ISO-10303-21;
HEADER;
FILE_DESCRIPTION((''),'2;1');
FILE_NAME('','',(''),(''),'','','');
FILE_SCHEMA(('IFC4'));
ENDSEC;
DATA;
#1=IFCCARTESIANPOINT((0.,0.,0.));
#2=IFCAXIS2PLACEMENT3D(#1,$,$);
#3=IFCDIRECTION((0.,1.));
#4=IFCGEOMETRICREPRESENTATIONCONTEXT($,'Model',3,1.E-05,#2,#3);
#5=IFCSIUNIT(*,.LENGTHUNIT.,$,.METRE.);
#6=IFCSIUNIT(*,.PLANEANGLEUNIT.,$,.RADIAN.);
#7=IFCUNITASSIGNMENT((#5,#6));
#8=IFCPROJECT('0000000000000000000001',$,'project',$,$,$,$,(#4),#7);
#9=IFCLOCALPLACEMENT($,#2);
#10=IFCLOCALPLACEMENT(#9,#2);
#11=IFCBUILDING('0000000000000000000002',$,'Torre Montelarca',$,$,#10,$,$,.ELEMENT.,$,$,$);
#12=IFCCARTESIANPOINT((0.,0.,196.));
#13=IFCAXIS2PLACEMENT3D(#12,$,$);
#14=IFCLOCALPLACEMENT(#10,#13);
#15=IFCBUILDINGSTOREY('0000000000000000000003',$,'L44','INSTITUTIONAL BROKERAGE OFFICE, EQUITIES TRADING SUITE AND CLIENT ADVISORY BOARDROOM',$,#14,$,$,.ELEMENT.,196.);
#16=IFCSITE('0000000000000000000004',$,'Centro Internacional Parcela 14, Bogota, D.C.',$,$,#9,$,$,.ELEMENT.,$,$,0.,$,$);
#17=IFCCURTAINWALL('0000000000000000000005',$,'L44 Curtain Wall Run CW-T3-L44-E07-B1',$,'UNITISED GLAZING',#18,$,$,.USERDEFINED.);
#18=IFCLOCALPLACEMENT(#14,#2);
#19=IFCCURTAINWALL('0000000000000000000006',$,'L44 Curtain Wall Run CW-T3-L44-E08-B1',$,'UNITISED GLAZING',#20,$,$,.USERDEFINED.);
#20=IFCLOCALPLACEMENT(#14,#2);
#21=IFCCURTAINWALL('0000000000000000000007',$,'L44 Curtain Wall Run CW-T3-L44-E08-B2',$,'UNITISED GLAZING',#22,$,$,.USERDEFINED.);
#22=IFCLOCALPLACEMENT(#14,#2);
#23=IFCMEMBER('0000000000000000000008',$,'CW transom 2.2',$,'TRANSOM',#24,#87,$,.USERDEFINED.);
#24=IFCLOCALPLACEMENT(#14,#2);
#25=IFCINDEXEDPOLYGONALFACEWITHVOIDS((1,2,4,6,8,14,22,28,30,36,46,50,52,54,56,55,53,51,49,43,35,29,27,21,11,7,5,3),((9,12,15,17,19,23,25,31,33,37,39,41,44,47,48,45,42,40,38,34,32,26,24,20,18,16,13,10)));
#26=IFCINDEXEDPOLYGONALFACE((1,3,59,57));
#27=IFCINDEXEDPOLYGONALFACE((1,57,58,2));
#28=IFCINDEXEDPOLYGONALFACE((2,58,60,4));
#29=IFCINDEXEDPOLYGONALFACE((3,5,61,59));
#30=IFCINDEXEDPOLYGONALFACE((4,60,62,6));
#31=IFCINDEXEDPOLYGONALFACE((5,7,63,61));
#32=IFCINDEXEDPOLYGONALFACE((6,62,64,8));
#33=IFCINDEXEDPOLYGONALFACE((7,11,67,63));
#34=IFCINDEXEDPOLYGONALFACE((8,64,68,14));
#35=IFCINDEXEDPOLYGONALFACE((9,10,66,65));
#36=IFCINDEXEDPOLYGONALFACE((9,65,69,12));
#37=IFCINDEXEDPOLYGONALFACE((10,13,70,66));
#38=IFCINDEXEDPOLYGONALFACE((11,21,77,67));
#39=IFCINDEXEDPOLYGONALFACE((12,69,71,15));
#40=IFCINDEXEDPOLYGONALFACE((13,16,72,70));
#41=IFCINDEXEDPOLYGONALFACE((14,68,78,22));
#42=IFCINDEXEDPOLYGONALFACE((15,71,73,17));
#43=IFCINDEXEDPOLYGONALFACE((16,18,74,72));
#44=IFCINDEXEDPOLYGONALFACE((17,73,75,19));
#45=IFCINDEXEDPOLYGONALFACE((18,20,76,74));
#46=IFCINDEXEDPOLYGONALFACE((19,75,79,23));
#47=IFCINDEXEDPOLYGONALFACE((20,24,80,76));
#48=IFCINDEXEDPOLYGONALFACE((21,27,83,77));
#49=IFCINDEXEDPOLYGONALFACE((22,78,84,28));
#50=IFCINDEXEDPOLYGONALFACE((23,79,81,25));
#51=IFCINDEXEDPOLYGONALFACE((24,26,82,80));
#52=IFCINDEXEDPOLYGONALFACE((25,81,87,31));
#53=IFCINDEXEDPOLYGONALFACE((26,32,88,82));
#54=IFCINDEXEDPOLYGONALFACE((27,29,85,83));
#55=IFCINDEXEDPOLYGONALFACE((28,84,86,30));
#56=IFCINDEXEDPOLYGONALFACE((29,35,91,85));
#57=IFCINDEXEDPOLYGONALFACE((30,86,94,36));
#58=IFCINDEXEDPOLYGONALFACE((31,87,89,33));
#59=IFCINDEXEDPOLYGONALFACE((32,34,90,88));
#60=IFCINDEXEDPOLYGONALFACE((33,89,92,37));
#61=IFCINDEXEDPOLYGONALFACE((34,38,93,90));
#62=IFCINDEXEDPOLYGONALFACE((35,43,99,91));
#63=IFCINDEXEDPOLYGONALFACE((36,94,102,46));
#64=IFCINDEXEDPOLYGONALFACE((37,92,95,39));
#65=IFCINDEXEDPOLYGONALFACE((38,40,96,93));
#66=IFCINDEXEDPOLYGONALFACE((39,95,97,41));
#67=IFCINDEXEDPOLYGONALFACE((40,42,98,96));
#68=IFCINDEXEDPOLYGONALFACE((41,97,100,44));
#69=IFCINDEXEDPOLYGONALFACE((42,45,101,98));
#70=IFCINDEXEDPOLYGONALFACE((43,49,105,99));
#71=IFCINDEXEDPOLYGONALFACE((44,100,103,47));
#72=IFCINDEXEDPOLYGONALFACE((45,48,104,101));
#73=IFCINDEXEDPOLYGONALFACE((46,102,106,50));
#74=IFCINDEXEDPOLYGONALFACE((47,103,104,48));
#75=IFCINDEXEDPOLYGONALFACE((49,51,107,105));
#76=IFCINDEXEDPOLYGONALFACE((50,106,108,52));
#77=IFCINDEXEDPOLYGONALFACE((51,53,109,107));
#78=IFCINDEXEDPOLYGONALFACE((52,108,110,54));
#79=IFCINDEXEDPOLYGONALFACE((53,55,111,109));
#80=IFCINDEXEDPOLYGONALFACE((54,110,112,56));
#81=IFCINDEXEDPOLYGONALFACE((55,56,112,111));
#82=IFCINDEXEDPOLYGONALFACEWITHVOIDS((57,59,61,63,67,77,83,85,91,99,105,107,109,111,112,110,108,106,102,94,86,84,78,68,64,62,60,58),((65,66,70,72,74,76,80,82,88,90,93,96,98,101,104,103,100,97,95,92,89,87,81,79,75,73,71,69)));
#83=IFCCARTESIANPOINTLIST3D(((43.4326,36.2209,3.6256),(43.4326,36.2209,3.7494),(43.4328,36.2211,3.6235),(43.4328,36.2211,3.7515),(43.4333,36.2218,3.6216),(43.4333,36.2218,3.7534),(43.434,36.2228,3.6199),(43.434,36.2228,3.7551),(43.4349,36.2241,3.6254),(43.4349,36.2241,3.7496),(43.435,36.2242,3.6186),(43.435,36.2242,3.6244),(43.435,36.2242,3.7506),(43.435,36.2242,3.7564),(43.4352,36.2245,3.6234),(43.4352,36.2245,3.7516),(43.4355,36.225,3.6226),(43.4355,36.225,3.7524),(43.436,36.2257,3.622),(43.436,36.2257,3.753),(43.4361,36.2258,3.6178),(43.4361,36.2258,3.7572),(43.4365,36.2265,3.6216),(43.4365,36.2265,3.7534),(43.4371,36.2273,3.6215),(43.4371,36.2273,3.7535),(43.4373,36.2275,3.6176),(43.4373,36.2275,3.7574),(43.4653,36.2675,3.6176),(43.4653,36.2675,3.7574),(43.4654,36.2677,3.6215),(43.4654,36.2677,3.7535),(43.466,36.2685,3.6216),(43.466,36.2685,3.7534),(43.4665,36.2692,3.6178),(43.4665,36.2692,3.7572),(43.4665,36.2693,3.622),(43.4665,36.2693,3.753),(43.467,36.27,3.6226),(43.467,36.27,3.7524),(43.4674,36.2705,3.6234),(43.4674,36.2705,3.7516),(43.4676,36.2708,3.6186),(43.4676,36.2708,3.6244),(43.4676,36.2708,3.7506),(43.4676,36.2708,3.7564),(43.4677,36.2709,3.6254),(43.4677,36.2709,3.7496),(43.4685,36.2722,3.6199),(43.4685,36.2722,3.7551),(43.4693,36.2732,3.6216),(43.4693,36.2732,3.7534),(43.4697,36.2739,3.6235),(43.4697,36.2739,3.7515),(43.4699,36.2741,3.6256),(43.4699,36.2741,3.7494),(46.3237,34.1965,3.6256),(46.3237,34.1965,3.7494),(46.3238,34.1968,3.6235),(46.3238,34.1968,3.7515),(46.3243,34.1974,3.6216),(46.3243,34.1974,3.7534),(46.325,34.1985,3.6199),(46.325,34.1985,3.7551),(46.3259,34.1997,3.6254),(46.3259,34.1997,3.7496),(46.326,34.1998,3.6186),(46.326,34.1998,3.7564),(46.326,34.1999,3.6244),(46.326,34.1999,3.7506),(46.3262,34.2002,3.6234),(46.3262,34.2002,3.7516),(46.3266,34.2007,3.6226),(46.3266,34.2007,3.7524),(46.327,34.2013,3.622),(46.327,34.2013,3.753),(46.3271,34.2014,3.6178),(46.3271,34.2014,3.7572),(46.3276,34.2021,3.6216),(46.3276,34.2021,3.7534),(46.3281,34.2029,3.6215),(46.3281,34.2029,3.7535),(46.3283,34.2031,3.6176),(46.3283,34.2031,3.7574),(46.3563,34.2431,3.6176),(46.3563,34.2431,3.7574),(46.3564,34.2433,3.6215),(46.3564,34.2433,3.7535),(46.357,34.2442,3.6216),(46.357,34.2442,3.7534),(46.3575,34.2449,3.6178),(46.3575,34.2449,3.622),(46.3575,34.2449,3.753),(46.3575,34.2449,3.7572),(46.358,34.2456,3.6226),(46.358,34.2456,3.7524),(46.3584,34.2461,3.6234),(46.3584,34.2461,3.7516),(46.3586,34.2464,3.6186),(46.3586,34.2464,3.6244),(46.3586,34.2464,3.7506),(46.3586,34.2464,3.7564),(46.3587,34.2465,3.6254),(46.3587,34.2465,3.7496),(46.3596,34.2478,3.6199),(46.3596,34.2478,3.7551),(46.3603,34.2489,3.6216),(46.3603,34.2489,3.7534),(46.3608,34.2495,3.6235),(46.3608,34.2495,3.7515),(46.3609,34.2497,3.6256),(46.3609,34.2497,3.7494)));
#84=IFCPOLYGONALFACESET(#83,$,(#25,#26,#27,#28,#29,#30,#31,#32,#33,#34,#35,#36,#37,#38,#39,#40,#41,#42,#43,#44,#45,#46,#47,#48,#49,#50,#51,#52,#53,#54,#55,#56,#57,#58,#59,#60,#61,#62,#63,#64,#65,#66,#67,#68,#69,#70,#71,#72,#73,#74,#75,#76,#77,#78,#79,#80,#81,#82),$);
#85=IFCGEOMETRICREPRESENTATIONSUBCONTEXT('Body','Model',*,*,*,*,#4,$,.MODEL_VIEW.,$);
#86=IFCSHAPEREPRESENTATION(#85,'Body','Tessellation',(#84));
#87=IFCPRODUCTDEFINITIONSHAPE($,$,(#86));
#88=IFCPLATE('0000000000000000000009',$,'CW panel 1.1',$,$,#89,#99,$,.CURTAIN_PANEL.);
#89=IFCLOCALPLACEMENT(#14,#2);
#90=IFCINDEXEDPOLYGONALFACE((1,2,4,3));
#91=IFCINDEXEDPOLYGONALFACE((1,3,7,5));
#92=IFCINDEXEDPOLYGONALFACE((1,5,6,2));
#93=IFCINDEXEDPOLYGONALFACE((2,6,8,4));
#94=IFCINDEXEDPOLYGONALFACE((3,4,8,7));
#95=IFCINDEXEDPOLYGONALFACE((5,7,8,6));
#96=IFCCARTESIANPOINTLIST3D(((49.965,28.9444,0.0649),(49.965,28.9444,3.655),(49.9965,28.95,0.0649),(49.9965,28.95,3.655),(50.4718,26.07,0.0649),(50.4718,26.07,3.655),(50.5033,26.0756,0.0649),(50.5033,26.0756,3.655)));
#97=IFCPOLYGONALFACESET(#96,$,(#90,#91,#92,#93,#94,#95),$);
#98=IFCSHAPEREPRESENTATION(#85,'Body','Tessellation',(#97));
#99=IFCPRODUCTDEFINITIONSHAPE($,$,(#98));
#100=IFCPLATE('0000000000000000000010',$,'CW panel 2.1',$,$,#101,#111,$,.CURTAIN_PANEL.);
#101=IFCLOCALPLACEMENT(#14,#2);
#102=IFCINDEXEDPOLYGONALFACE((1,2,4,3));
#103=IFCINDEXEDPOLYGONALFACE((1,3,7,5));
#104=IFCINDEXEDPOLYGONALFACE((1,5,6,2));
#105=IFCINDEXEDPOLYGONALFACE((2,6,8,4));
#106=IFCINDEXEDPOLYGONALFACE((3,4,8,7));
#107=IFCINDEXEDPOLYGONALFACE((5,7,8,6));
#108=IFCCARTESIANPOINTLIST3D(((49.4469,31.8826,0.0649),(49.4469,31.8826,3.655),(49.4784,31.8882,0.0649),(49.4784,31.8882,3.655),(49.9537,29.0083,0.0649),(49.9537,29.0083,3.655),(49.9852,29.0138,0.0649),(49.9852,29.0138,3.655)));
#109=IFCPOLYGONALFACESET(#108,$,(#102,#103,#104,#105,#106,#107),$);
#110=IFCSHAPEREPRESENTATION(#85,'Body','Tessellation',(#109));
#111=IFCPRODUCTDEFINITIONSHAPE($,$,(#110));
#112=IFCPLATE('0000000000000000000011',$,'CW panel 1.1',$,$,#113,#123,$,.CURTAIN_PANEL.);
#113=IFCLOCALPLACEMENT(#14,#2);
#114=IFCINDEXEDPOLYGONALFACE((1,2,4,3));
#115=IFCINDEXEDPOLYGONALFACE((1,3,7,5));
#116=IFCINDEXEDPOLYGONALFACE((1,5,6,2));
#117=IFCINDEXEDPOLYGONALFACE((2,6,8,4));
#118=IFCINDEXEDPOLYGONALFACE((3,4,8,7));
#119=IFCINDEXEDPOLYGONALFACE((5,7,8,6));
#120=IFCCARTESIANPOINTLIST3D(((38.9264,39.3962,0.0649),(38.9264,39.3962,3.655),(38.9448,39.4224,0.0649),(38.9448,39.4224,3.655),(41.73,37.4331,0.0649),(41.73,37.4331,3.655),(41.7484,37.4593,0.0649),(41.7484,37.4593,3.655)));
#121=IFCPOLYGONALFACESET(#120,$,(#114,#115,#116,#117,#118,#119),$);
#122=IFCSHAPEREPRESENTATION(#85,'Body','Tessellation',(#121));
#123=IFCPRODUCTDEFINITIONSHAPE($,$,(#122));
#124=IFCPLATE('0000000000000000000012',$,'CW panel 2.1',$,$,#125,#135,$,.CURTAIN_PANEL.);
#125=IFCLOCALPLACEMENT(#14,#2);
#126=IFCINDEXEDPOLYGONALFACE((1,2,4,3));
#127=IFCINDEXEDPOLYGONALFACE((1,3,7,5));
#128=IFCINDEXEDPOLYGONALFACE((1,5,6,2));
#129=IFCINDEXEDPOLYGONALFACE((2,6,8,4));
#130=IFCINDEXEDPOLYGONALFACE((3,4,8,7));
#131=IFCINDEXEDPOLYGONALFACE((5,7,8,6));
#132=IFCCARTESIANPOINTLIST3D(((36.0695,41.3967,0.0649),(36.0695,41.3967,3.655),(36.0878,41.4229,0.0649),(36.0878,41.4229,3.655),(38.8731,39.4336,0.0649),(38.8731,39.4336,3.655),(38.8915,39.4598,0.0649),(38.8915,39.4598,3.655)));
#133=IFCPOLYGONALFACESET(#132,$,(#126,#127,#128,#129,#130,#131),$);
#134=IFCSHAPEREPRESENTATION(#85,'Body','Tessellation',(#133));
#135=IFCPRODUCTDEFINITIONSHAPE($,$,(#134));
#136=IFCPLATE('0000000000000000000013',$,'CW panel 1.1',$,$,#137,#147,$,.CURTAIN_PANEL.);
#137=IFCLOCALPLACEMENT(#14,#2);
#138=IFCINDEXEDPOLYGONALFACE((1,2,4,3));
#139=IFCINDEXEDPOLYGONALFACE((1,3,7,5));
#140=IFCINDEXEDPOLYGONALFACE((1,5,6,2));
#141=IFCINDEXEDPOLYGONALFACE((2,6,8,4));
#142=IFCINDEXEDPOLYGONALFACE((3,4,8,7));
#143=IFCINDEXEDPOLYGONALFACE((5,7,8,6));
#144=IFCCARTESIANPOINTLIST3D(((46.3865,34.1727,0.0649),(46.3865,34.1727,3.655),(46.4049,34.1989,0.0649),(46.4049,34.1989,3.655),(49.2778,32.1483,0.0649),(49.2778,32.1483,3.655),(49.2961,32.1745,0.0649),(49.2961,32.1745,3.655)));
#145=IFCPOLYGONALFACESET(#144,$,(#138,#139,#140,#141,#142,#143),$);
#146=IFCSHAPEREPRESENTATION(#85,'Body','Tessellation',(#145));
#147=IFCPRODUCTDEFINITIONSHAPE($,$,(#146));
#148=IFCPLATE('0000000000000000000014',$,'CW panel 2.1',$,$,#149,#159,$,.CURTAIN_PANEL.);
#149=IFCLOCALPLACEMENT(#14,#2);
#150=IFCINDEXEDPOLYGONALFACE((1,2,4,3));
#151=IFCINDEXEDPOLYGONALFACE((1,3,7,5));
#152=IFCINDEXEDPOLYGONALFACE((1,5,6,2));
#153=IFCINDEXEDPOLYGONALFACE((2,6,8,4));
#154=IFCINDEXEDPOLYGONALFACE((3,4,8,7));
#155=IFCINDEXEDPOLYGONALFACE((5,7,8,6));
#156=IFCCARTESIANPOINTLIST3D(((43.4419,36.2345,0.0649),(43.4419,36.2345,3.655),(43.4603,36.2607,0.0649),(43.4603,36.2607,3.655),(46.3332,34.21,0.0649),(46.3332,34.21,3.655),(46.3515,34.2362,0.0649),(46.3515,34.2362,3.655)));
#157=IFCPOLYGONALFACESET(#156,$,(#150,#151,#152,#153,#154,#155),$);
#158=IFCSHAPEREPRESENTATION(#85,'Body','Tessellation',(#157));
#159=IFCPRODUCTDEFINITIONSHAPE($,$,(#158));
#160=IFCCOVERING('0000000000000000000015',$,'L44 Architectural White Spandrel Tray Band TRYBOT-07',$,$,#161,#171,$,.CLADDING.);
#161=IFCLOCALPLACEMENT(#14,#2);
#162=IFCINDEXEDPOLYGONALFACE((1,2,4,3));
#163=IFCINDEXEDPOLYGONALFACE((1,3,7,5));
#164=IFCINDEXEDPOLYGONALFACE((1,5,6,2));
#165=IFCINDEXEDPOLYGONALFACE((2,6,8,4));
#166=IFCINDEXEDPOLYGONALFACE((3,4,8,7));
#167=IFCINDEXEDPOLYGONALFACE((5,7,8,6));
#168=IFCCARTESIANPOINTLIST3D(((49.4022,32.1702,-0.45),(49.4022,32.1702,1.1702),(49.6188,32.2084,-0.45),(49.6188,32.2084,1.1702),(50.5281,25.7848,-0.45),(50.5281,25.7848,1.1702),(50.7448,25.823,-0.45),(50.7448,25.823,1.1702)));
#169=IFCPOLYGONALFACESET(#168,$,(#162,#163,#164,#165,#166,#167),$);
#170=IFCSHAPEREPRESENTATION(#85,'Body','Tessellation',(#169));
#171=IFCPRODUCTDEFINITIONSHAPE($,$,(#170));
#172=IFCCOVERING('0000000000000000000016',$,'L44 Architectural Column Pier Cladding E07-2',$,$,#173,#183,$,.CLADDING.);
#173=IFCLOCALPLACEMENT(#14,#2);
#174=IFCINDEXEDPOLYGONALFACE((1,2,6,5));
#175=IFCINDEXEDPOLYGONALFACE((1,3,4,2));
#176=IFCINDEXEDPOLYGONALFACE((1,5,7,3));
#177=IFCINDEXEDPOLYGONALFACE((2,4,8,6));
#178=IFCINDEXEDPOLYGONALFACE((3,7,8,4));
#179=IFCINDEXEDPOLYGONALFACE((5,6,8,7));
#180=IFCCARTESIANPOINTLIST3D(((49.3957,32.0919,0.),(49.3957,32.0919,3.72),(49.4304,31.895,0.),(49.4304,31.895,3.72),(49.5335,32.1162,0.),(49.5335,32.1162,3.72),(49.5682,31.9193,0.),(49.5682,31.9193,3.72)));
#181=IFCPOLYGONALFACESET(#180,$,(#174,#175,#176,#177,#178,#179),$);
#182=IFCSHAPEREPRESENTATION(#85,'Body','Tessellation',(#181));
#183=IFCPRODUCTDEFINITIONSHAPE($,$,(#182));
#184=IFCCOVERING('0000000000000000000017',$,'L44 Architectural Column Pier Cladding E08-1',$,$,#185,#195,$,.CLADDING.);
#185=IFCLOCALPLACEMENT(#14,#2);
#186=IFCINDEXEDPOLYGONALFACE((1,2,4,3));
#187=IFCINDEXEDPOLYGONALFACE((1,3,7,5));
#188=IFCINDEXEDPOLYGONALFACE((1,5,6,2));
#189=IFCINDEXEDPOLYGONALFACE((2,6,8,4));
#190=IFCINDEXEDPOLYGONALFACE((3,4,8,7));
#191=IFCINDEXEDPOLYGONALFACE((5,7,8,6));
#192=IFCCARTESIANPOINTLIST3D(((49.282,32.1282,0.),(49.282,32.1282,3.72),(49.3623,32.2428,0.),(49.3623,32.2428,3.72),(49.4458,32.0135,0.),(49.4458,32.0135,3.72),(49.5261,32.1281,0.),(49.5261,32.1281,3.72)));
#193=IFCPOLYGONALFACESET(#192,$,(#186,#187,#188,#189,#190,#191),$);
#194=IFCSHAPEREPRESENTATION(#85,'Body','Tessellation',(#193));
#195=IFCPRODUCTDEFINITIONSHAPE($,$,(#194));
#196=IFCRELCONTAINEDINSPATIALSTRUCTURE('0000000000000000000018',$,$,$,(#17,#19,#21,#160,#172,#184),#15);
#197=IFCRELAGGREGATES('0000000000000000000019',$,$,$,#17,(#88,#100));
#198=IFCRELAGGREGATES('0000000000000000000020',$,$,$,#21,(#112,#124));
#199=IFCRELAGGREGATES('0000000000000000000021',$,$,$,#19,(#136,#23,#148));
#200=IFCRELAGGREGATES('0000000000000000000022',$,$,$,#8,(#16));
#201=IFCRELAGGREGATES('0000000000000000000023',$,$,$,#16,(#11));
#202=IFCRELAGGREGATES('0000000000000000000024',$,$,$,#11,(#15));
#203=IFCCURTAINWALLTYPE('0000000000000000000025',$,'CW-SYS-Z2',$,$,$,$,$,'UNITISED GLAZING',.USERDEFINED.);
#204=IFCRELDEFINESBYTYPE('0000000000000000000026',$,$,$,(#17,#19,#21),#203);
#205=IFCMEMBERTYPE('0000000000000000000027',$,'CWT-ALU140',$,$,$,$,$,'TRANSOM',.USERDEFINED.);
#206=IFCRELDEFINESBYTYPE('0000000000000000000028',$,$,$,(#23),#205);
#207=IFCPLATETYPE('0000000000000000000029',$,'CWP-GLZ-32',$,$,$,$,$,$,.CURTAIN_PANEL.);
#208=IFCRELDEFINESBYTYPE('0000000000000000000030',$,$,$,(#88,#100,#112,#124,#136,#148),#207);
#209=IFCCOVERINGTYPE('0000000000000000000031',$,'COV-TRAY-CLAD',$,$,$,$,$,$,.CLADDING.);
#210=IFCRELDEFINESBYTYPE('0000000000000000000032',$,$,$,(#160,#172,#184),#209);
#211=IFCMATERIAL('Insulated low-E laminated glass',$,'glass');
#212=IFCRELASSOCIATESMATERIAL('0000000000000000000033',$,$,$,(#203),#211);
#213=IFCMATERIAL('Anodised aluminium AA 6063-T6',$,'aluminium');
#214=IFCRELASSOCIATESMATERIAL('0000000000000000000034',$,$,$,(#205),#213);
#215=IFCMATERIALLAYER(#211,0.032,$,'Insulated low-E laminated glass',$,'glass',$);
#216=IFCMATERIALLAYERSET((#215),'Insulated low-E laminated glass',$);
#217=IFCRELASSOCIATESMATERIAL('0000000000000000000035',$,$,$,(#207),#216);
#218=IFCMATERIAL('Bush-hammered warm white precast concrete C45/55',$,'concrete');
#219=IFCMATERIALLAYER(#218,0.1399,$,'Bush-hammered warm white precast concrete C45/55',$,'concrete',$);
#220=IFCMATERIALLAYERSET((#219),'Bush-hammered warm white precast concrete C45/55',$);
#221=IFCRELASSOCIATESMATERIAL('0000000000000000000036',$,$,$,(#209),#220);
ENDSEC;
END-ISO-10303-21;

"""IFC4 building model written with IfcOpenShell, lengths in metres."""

from ifc_helpers import new_model, si_unit, direction, frame, origin, origin_2d, place, context, subcontext, project, spatial, rectangle, hollow_rectangle, extrude, source, transform, mapped, material, layer, layer_set, material_profile, profile_set, type_object, element, aggregate, save


model = new_model("IFC4")

# Units and contexts
model_context = context("Model", 3, precision=1e-05, world=origin(), true_north=direction((0.0, 1.0)))
body_context = subcontext(model_context, "Body", "Model", "MODEL_VIEW")
ifc_project = project(units=[si_unit("LENGTHUNIT", "METRE"), si_unit("PLANEANGLEUNIT", "RADIAN")], contexts=[model_context])

# Site, building, storey
site_placement = place(None, origin())
site = spatial("IfcSite", under=ifc_project, at=site_placement, Name="Centro Internacional Parcela 14, Bogota, D.C.", CompositionType="ELEMENT", RefElevation=0.0)
building_placement = place(site_placement, origin())
building = spatial("IfcBuilding", under=site, at=building_placement, Name="Torre Montelarca", CompositionType="ELEMENT")
storey_placement = place(building_placement, frame((0.0, 0.0, 196.0)))
storey = spatial("IfcBuildingStorey", under=building, at=storey_placement, Name="L44", Description="INSTITUTIONAL BROKERAGE OFFICE, EQUITIES TRADING SUITE AND CLIENT ADVISORY BOARDROOM", CompositionType="ELEMENT", Elevation=196.0)

# Curtain walls
ifc_material_1 = material(Name="Insulated low-E laminated glass", Category="glass")
curtain_wall_type = type_object("IfcCurtainWallType", Name="CW-SYS-Z2", ElementType="UNITISED GLAZING", PredefinedType="USERDEFINED", material=ifc_material_1)
curtain_wall_1_placement = place(storey_placement, origin())
curtain_wall_1 = element("IfcCurtainWall", 1, at=curtain_wall_1_placement, inside=storey, type_object=curtain_wall_type, Name="L44 Curtain Wall Run CW-T3-L44-E07-B1", ObjectType="UNITISED GLAZING", PredefinedType="USERDEFINED")
ifc_material_2 = material(Name="Anodised aluminium AA 6063-T6", Category="aluminium")
ifc_material_profile_1 = material_profile(ifc_material_2, hollow_rectangle(XDim=0.0649, YDim=0.1399, WallThickness=0.0039, InnerFilletRadius=0.0039, OuterFilletRadius=0.0081, at=origin_2d()), Name="ALU65X140X4", Category="aluminium")
ifc_profile_set_1 = profile_set([ifc_material_profile_1], Name="Anodised aluminium AA 6063-T6")
member_type_1 = type_object("IfcMemberType", Name="CWT-ALU140", ElementType="TRANSOM", PredefinedType="USERDEFINED", material=ifc_profile_set_1)
curtain_wall_2_placement = place(storey_placement, origin())
curtain_wall_2 = element("IfcCurtainWall", 2, at=curtain_wall_2_placement, inside=storey, type_object=curtain_wall_type, Name="L44 Curtain Wall Run CW-T3-L44-E08-B1", ObjectType="UNITISED GLAZING", PredefinedType="USERDEFINED")
curtain_wall_3_placement = place(storey_placement, origin())
curtain_wall_3 = element("IfcCurtainWall", 3, at=curtain_wall_3_placement, inside=storey, type_object=curtain_wall_type, Name="L44 Curtain Wall Run CW-T3-L44-E08-B2", ObjectType="UNITISED GLAZING", PredefinedType="USERDEFINED")

# Member
shared_shape_1 = source(origin(), body_context, "Body", "SweptSolid", [
    extrude(hollow_rectangle(XDim=0.0649, YDim=0.1399, WallThickness=0.0039, InnerFilletRadius=0.0039, OuterFilletRadius=0.0081, at=origin_2d()), origin(), (0.0, 0.0, 1.0), 3.5293),
])
member_1_placement = place(storey_placement, frame((46.3423, 34.2231, 3.6875), z_axis=(-0.819147, 0.573583, 0.0), x_axis=(-0.573583, -0.819147, 0.0)))
member_1 = element("IfcMember", 4, at=member_1_placement, type_object=member_type_1, Name="CW transom 2.2", ObjectType="TRANSOM", PredefinedType="USERDEFINED", context=body_context, shape_type="MappedRepresentation", body=[
    mapped(shared_shape_1, transform((0.0, 0.0, 0.0), scale=1.0)),
])

# Plates
ifc_layer_1 = layer(ifc_material_1, 0.032, Name="Insulated low-E laminated glass", Category="glass")
ifc_layer_set_1 = layer_set([ifc_layer_1], Name="Insulated low-E laminated glass")
plate_type = type_object("IfcPlateType", Name="CWP-GLZ-32", PredefinedType="CURTAIN_PANEL", material=ifc_layer_set_1)
shared_shape_2 = source(origin(), body_context, "Body", "SweptSolid", [
    extrude(rectangle(XDim=2.9187, YDim=0.032, at=origin_2d()), origin(), (0.0, 0.0, 1.0), 3.5901),
])
plate_1_placement = place(storey_placement, frame((50.2341, 27.51, 0.0649), z_axis=(0.0, 0.0, 1.0), x_axis=(-0.173634, 0.98481, 0.0)))
plate_1 = element("IfcPlate", 5, at=plate_1_placement, type_object=plate_type, Name="CW panel 1.1", PredefinedType="CURTAIN_PANEL", context=body_context, shape_type="MappedRepresentation", body=[
    mapped(shared_shape_2, transform((0.0, 0.0, 0.0), scale=1.0)),
])
plate_2_placement = place(storey_placement, frame((49.7161, 30.4482, 0.0649), z_axis=(0.0, 0.0, 1.0), x_axis=(-0.173634, 0.98481, 0.0)))
plate_2 = element("IfcPlate", 6, at=plate_2_placement, type_object=plate_type, Name="CW panel 2.1", PredefinedType="CURTAIN_PANEL", context=body_context, shape_type="MappedRepresentation", body=[
    mapped(shared_shape_2, transform((0.0, 0.0, 0.0), scale=1.0)),
])
aggregate(curtain_wall_1, [plate_1, plate_2])
shared_shape_3 = source(origin(), body_context, "Body", "SweptSolid", [
    extrude(rectangle(XDim=3.4226, YDim=0.032, at=origin_2d()), origin(), (0.0, 0.0, 1.0), 3.5901),
])
plate_3_placement = place(storey_placement, frame((40.3374, 38.4277, 0.0649), z_axis=(0.0, 0.0, 1.0), x_axis=(-0.819149, 0.573581, 0.0)))
plate_3 = element("IfcPlate", 7, at=plate_3_placement, type_object=plate_type, Name="CW panel 1.1", PredefinedType="CURTAIN_PANEL", context=body_context, shape_type="MappedRepresentation", body=[
    mapped(shared_shape_3, transform((0.0, 0.0, 0.0), scale=1.0)),
])
plate_4_placement = place(storey_placement, frame((37.4805, 40.4282, 0.0649), z_axis=(0.0, 0.0, 1.0), x_axis=(-0.819149, 0.573581, 0.0)))
plate_4 = element("IfcPlate", 8, at=plate_4_placement, type_object=plate_type, Name="CW panel 2.1", PredefinedType="CURTAIN_PANEL", context=body_context, shape_type="MappedRepresentation", body=[
    mapped(shared_shape_3, transform((0.0, 0.0, 0.0), scale=1.0)),
])
aggregate(curtain_wall_3, [plate_3, plate_4])
shared_shape_4 = source(origin(), body_context, "Body", "SweptSolid", [
    extrude(rectangle(XDim=3.5295, YDim=0.032, at=origin_2d()), origin(), (0.0, 0.0, 1.0), 3.5901),
])
plate_5_placement = place(storey_placement, frame((47.8413, 33.1736, 0.0649), z_axis=(0.0, 0.0, 1.0), x_axis=(-0.819157, 0.57357, 0.0)))
plate_5 = element("IfcPlate", 9, at=plate_5_placement, type_object=plate_type, Name="CW panel 1.1", PredefinedType="CURTAIN_PANEL", context=body_context, shape_type="MappedRepresentation", body=[
    mapped(shared_shape_4, transform((0.0, 0.0, 0.0), scale=1.0)),
])
plate_6_placement = place(storey_placement, frame((44.8967, 35.2354, 0.0649), z_axis=(0.0, 0.0, 1.0), x_axis=(-0.819157, 0.57357, 0.0)))
plate_6 = element("IfcPlate", 10, at=plate_6_placement, type_object=plate_type, Name="CW panel 2.1", PredefinedType="CURTAIN_PANEL", context=body_context, shape_type="MappedRepresentation", body=[
    mapped(shared_shape_4, transform((0.0, 0.0, 0.0), scale=1.0)),
])
aggregate(curtain_wall_2, [plate_5, member_1, plate_6])

# Coverings
ifc_material_3 = material(Name="Bush-hammered warm white precast concrete C45/55", Category="concrete")
ifc_layer_2 = layer(ifc_material_3, 0.1399, Name="Bush-hammered warm white precast concrete C45/55", Category="concrete")
ifc_layer_set_2 = layer_set([ifc_layer_2], Name="Bush-hammered warm white precast concrete C45/55")
covering_type = type_object("IfcCoveringType", Name="COV-TRAY-CLAD", PredefinedType="CLADDING", material=ifc_layer_set_2)
shared_shape_5 = source(origin(), body_context, "Body", "SweptSolid", [
    extrude(rectangle(XDim=6.4839, YDim=0.22, at=origin_2d()), origin(), (0.0, 0.0, 1.0), 1.6201),
])
covering_placement = place(storey_placement, frame((50.0735, 28.9966, -0.45), z_axis=(0.0, 0.0, 1.0), x_axis=(-0.17365, 0.984807, 0.0)))
element("IfcCovering", 11, at=covering_placement, inside=storey, type_object=covering_type, Name="L44 Architectural White Spandrel Tray Band TRYBOT-07", PredefinedType="CLADDING", context=body_context, shape_type="MappedRepresentation", body=[
    mapped(shared_shape_5, transform((0.0, 0.0, 0.0), scale=1.0)),
])
shared_shape_6 = source(origin(), body_context, "Body", "SweptSolid", [
    extrude(rectangle(XDim=0.2, YDim=0.1399, at=origin_2d()), origin(), (0.0, 0.0, 1.0), 3.72),
])
for number, where, z_axis, x_axis, name in (
    (12, (49.4819, 32.0056, 0.0), (0.0, 0.0, 1.0), (-0.173645, 0.984808, 0.0), "L44 Architectural Column Pier Cladding E07-2"),
    (13, (49.4041, 32.1282, 0.0), (0.0, 0.0, 1.0), (-0.819154, 0.573574, 0.0), "L44 Architectural Column Pier Cladding E08-1"),
):
    element("IfcCovering", number, at=place(storey_placement, frame(where, z_axis=z_axis, x_axis=x_axis)), inside=storey, type_object=covering_type, Name=name, PredefinedType="CLADDING", context=body_context, shape_type="MappedRepresentation", body=[
        mapped(shared_shape_6, transform((0.0, 0.0, 0.0), scale=1.0)),
    ])

save(model, "model.ifc")
